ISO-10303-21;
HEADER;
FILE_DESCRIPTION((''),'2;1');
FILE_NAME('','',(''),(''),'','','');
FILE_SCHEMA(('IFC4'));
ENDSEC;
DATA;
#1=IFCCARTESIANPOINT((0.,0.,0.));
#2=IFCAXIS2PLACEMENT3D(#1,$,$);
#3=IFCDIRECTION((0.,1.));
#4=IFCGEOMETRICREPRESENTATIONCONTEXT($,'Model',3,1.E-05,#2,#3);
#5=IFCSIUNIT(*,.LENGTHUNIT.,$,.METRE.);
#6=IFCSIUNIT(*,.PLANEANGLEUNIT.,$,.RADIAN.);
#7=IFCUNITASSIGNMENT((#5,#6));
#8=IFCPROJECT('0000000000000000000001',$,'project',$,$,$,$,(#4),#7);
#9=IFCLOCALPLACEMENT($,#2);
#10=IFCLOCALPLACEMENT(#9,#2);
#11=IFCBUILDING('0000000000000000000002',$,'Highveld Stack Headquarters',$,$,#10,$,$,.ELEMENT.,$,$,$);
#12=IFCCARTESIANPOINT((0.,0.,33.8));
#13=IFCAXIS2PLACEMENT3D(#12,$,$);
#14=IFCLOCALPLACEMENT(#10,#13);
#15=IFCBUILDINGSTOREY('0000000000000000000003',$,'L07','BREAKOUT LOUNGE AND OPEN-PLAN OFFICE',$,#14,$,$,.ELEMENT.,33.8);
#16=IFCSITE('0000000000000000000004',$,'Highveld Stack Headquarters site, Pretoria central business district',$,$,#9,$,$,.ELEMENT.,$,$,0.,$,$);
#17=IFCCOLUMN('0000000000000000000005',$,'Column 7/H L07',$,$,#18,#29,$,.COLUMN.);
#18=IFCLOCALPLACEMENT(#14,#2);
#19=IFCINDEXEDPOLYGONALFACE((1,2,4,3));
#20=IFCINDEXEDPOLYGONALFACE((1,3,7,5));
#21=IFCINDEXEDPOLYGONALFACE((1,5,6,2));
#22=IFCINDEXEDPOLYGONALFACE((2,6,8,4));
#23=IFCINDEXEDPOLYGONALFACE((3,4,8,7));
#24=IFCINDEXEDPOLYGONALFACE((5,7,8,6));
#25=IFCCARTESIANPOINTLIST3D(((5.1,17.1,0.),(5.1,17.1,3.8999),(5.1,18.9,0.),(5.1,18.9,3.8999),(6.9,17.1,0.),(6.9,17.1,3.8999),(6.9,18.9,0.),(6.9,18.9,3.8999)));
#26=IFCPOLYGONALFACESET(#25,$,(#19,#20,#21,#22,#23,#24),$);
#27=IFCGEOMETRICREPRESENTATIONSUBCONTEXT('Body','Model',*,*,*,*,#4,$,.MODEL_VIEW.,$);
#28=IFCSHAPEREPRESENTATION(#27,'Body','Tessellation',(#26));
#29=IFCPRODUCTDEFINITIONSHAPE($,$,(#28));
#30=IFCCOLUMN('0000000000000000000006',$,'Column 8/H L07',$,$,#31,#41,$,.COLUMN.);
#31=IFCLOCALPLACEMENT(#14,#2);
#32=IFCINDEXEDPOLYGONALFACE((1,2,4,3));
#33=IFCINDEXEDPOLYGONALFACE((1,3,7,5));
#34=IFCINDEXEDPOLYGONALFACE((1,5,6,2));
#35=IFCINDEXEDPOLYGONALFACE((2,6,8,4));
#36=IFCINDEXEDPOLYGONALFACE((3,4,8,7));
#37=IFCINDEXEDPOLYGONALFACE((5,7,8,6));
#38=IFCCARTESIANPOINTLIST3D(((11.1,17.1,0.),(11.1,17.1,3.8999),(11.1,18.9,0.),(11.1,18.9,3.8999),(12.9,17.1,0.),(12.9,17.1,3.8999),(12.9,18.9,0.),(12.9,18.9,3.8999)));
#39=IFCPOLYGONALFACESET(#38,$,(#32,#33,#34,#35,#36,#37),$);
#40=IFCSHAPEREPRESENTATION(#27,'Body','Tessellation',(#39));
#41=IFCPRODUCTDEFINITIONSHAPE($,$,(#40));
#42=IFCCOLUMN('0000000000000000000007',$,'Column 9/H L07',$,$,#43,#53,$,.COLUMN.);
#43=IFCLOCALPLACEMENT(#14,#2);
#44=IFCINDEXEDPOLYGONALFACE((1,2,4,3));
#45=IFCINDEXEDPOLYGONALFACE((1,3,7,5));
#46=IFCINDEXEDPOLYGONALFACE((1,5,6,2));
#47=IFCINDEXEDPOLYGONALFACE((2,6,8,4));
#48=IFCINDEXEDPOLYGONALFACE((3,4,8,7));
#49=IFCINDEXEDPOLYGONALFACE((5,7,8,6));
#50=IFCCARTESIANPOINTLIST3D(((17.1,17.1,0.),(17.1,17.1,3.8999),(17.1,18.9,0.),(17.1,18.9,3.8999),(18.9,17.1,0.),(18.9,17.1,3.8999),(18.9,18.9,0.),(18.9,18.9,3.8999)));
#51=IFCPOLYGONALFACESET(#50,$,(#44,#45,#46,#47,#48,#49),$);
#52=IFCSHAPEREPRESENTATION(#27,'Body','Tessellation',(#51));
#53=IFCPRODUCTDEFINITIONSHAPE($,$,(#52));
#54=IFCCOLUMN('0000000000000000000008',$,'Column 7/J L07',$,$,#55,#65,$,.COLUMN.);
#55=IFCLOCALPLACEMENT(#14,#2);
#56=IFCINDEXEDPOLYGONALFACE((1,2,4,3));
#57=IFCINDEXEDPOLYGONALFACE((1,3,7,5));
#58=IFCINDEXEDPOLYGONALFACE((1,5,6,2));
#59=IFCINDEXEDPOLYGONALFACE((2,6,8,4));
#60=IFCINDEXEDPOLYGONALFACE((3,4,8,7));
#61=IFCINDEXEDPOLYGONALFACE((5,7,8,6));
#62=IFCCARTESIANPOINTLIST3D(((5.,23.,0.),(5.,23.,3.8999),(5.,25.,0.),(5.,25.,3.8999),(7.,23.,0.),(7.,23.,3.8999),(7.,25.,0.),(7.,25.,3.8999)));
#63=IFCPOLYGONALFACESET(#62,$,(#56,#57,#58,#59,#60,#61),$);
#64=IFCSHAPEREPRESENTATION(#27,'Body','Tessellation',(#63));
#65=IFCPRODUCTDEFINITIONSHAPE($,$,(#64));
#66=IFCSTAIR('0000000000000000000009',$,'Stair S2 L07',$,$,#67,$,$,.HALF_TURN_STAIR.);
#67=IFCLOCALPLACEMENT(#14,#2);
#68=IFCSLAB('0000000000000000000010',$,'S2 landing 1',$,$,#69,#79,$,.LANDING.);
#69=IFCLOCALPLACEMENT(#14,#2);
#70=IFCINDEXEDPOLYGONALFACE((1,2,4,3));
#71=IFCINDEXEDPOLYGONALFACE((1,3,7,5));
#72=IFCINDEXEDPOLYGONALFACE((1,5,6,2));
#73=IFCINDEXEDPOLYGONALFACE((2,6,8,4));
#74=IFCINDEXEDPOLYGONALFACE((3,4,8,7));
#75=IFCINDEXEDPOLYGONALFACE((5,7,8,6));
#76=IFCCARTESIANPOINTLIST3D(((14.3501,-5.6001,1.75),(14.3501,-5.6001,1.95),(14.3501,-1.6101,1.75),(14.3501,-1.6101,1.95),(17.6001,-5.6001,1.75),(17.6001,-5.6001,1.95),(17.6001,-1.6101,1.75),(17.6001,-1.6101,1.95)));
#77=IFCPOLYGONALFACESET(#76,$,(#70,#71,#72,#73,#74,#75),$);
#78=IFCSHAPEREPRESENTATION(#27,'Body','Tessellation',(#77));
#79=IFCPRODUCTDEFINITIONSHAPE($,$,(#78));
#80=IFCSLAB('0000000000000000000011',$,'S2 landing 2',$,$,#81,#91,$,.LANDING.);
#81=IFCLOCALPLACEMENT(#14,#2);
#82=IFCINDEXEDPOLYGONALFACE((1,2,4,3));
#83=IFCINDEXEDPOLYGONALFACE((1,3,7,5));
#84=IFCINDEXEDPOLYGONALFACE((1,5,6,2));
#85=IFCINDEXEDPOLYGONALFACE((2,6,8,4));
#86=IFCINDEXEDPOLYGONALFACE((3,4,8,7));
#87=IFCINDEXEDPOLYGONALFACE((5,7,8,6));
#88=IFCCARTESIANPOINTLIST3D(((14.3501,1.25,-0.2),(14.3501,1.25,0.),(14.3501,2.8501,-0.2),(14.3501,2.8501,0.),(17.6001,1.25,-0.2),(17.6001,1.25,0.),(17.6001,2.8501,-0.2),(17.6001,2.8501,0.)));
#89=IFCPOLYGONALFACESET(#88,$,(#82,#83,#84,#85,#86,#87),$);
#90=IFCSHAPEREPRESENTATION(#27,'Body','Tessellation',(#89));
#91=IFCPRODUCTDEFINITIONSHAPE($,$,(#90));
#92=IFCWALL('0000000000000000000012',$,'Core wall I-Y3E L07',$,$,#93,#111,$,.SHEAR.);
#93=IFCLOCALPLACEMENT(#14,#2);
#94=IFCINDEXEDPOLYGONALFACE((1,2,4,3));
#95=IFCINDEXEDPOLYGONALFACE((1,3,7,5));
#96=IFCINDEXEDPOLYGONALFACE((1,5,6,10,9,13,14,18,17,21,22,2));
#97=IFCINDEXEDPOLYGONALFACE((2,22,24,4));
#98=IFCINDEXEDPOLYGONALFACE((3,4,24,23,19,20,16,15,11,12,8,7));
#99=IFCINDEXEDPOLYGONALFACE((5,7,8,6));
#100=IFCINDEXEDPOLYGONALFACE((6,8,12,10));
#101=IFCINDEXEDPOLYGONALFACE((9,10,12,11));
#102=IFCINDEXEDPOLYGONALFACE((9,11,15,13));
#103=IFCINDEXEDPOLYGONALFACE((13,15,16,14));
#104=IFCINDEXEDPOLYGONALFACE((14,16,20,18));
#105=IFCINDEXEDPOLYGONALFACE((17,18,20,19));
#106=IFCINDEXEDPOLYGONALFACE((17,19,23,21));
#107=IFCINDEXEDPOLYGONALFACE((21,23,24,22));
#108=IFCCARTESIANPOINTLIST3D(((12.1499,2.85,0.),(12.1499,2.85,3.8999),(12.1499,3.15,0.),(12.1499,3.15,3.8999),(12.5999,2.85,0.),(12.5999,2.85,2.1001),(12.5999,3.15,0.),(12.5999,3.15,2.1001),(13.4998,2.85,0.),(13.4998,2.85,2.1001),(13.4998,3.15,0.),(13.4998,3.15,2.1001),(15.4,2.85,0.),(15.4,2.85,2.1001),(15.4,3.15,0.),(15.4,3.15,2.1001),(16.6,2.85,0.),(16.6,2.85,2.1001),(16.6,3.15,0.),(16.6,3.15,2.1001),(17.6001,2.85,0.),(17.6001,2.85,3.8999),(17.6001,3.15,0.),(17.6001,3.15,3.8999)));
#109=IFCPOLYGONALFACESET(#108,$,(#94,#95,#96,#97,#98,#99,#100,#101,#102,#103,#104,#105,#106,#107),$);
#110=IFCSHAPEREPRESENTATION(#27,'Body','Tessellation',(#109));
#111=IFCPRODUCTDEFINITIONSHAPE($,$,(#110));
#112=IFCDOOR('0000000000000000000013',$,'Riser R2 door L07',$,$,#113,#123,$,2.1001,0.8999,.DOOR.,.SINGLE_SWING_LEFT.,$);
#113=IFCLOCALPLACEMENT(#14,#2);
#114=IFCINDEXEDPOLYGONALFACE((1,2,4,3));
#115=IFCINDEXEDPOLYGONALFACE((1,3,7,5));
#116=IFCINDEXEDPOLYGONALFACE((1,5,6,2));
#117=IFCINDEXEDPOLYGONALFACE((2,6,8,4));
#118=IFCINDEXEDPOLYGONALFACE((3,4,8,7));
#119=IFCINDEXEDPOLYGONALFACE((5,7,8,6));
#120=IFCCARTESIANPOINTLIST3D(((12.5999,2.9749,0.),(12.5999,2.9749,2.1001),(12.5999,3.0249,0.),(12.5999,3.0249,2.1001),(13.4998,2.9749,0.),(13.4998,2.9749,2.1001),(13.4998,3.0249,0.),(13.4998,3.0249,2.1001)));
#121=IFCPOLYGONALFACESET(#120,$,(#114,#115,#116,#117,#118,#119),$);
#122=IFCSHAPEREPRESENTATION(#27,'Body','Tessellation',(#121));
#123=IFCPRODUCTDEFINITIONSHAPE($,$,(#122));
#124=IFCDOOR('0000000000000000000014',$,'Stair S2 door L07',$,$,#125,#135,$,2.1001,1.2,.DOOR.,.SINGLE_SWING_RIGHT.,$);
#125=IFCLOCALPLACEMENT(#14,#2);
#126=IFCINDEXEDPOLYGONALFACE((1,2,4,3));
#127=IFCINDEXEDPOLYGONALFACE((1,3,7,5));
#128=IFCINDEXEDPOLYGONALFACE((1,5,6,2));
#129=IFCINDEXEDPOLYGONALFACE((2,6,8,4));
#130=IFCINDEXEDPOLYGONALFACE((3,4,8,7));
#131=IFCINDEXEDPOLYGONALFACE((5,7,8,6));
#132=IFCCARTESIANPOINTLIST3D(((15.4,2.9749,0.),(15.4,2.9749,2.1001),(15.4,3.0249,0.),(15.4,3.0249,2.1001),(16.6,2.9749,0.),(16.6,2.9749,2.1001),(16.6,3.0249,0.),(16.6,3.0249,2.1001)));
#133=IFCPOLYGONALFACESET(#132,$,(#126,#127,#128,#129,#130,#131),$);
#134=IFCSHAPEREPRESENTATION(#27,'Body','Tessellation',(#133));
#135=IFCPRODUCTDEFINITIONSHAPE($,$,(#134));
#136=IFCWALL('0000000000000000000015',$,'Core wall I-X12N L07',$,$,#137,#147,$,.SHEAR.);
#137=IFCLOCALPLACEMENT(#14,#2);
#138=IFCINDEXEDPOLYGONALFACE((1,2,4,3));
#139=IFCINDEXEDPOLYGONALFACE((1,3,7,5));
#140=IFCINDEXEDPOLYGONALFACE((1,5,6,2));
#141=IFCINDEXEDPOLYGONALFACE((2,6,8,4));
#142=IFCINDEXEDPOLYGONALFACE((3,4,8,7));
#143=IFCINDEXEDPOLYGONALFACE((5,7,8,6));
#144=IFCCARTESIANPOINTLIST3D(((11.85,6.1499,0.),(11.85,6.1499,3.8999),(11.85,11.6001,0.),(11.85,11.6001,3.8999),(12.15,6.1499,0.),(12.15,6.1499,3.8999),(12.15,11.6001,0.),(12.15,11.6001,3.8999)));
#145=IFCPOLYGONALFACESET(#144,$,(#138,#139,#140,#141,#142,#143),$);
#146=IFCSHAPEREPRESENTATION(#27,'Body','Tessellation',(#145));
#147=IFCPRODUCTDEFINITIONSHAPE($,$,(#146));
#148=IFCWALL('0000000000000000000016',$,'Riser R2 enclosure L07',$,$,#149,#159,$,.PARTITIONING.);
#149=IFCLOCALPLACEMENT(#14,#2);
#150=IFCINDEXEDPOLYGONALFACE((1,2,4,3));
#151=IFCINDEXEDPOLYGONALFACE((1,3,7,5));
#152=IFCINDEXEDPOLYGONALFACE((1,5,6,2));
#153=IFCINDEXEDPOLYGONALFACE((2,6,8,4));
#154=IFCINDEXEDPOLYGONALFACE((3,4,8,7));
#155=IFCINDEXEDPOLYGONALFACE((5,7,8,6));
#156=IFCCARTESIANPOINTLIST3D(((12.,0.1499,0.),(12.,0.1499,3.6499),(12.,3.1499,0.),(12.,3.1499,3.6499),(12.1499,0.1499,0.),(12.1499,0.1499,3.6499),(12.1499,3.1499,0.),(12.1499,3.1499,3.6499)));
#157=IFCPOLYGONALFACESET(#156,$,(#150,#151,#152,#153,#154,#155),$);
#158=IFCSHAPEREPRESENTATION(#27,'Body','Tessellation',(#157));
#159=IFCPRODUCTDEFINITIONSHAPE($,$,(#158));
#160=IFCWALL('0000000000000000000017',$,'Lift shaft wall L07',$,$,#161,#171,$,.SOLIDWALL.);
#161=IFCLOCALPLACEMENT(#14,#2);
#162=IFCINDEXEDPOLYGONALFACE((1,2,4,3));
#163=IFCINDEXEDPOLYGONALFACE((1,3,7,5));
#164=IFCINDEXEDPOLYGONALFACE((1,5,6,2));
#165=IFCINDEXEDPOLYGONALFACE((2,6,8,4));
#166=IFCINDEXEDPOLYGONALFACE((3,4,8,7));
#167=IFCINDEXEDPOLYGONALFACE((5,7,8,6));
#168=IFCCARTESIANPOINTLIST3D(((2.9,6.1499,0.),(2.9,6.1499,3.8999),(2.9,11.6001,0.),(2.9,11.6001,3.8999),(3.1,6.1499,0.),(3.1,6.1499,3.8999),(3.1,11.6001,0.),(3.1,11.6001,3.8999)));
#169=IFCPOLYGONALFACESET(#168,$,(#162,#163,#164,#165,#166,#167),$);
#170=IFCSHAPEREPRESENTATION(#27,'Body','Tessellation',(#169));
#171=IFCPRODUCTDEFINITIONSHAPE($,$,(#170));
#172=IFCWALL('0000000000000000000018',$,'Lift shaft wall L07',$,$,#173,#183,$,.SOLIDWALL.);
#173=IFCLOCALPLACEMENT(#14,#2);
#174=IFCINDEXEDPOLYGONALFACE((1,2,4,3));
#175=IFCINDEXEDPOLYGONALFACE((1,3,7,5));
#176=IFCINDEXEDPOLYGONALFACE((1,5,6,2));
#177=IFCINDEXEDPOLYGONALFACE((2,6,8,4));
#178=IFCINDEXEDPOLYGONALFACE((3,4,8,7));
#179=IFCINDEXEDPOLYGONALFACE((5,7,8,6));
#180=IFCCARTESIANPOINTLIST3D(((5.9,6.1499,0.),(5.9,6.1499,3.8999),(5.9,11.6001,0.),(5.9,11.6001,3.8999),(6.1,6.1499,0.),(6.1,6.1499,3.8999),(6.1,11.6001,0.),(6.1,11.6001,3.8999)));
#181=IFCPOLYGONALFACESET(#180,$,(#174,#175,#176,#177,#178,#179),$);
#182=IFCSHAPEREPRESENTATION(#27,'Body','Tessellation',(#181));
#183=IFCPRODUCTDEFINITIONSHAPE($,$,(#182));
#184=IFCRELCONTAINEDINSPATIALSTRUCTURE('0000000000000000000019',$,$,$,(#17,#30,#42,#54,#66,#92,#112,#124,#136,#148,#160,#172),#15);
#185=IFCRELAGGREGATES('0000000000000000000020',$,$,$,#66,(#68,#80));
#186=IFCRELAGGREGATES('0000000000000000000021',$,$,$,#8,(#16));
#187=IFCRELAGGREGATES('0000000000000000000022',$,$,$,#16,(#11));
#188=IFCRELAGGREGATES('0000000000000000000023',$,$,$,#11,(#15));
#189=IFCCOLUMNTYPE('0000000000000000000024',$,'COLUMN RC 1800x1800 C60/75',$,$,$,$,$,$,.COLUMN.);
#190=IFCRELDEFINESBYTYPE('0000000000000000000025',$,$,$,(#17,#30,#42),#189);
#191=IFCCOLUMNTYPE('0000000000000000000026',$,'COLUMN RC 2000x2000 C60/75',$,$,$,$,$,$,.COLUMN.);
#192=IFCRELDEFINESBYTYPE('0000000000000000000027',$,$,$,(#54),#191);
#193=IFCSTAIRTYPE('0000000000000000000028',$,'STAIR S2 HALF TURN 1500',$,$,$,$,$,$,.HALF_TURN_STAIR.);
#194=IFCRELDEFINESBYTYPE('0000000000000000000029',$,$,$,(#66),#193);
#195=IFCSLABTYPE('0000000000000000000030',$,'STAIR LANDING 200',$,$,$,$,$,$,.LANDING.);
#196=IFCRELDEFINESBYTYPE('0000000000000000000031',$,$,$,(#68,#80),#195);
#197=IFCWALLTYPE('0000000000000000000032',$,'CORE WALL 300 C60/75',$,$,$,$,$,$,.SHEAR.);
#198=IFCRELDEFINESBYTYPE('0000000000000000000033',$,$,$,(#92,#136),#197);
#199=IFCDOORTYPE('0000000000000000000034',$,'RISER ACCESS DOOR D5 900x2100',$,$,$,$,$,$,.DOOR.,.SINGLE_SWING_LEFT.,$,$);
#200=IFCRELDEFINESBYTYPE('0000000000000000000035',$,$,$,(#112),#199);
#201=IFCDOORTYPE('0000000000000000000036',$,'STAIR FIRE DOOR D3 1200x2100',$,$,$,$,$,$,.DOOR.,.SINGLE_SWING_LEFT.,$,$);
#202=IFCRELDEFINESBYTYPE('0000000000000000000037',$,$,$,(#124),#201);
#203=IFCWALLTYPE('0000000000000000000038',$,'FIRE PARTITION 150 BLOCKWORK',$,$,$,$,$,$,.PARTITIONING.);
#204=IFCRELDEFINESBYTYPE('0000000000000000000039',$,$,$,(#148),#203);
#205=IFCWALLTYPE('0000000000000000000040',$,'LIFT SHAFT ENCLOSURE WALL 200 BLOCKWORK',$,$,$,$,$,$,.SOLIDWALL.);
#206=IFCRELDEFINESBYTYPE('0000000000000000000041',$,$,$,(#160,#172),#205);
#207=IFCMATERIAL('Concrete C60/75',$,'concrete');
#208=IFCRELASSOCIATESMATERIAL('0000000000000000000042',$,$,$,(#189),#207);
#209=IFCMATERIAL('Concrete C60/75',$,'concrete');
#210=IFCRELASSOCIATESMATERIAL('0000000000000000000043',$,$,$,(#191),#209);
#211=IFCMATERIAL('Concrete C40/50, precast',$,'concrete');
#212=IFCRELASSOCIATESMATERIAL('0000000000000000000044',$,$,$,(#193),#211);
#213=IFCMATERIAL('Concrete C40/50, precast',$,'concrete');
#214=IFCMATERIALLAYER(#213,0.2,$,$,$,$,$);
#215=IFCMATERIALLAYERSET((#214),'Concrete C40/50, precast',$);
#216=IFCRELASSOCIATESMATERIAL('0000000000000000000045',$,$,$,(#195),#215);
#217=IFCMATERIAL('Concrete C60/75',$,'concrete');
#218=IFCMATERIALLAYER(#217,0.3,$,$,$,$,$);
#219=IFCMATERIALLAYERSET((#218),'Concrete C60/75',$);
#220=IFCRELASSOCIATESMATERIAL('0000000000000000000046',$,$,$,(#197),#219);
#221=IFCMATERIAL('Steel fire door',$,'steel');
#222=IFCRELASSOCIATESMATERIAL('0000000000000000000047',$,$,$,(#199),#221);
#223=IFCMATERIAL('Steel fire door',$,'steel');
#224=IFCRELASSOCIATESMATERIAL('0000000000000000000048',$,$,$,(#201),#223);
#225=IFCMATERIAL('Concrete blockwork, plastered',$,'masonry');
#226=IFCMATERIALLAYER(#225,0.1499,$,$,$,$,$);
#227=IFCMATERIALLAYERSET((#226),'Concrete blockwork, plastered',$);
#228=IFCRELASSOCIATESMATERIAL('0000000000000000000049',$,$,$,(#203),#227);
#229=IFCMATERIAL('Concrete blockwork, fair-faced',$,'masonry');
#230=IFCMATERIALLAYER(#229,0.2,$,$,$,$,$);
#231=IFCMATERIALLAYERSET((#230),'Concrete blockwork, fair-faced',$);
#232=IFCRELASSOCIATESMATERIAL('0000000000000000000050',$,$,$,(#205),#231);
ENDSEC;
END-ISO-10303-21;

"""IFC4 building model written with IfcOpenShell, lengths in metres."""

from ifc_helpers import new_model, si_unit, direction, frame, frame_2d, origin, origin_2d, place, context, subcontext, project, spatial, polyline, rectangle, outline, extrude, material, layer, layer_set, material_profile, profile_set, type_object, element, fill, aggregate, save


model = new_model("IFC4")

# Units and contexts
model_context = context("Model", 3, precision=1e-05, world=origin(), true_north=direction((0.0, 1.0)))
body_context = subcontext(model_context, "Body", "Model", "MODEL_VIEW")
ifc_project = project(units=[si_unit("LENGTHUNIT", "METRE"), si_unit("PLANEANGLEUNIT", "RADIAN")], contexts=[model_context])

# Site, building, storey
site_placement = place(None, origin())
site = spatial("IfcSite", under=ifc_project, at=site_placement, Name="Highveld Stack Headquarters site, Pretoria central business district", CompositionType="ELEMENT", RefElevation=0.0)
building_placement = place(site_placement, origin())
building = spatial("IfcBuilding", under=site, at=building_placement, Name="Highveld Stack Headquarters", CompositionType="ELEMENT")
storey_placement = place(building_placement, frame((0.0, 0.0, 33.8)))
storey = spatial("IfcBuildingStorey", under=building, at=storey_placement, Name="L07", Description="BREAKOUT LOUNGE AND OPEN-PLAN OFFICE", CompositionType="ELEMENT", Elevation=33.8)

# Columns
ifc_material_1 = material(Name="Concrete C60/75", Category="concrete")
ifc_material_profile_1 = material_profile(ifc_material_1, rectangle(XDim=1.8, YDim=1.8, at=origin_2d()), Name="RC 1800x1800")
ifc_profile_set_1 = profile_set([ifc_material_profile_1], Name="Concrete C60/75")
column_type_1 = type_object("IfcColumnType", Name="COLUMN RC 1800x1800 C60/75", PredefinedType="COLUMN", material=ifc_profile_set_1)
for number, where, z_axis, x_axis, name in (
    (1, (6.0, 18.0, 0.0), (0.0, 0.0, 1.0), (1.0, 0.0, 0.0), "Column 7/H L07"),
    (2, (12.0, 18.0, 0.0), (0.0, 0.0, 1.0), (1.0, 0.0, 0.0), "Column 8/H L07"),
    (3, (18.0, 18.0, 0.0), (0.0, 0.0, 1.0), (1.0, 0.0, 0.0), "Column 9/H L07"),
):
    element("IfcColumn", number, at=place(storey_placement, frame(where, z_axis=z_axis, x_axis=x_axis)), inside=storey, type_object=column_type_1, Name=name, PredefinedType="COLUMN", context=body_context, shape_type="SweptSolid", body=[
        extrude(rectangle(XDim=1.8, YDim=1.8, at=origin_2d()), origin(), (0.0, 0.0, 1.0), 3.8999),
    ])
ifc_material_2 = material(Name="Concrete C60/75", Category="concrete")
ifc_material_profile_2 = material_profile(ifc_material_2, rectangle(XDim=2.0, YDim=2.0, at=origin_2d()), Name="RC 2000x2000")
ifc_profile_set_2 = profile_set([ifc_material_profile_2], Name="Concrete C60/75")
column_type_2 = type_object("IfcColumnType", Name="COLUMN RC 2000x2000 C60/75", PredefinedType="COLUMN", material=ifc_profile_set_2)
column_placement = place(storey_placement, frame((6.0, 24.0, 0.0), z_axis=(0.0, 0.0, 1.0), x_axis=(1.0, 0.0, 0.0)))
element("IfcColumn", 4, at=column_placement, inside=storey, type_object=column_type_2, Name="Column 7/J L07", PredefinedType="COLUMN", context=body_context, shape_type="SweptSolid", body=[
    extrude(rectangle(XDim=2.0, YDim=2.0, at=origin_2d()), origin(), (0.0, 0.0, 1.0), 3.8999),
])

# Stair, slabs
ifc_material_3 = material(Name="Concrete C40/50, precast", Category="concrete")
stair_type = type_object("IfcStairType", Name="STAIR S2 HALF TURN 1500", PredefinedType="HALF_TURN_STAIR", material=ifc_material_3)
stair_placement = place(storey_placement, origin())
stair = element("IfcStair", 5, at=stair_placement, inside=storey, type_object=stair_type, Name="Stair S2 L07", PredefinedType="HALF_TURN_STAIR")
ifc_material_4 = material(Name="Concrete C40/50, precast", Category="concrete")
ifc_layer_1 = layer(ifc_material_4, 0.2)
ifc_layer_set_1 = layer_set([ifc_layer_1], Name="Concrete C40/50, precast")
slab_type = type_object("IfcSlabType", Name="STAIR LANDING 200", PredefinedType="LANDING", material=ifc_layer_set_1)
slab_1_placement = place(storey_placement, frame((0.0, 0.0, 1.75)))
slab_1 = element("IfcSlab", 6, at=slab_1_placement, type_object=slab_type, Name="S2 landing 1", PredefinedType="LANDING", context=body_context, shape_type="SweptSolid", body=[
    extrude(outline(polyline([(14.3501, -5.6001), (17.6001, -5.6001), (17.6001, -1.6101), (14.3501, -1.6101), (14.3501, -5.6001)])), origin(), (0.0, 0.0, 1.0), 0.2),
])
slab_2_placement = place(storey_placement, frame((0.0, 0.0, -0.2)))
slab_2 = element("IfcSlab", 7, at=slab_2_placement, type_object=slab_type, Name="S2 landing 2", PredefinedType="LANDING", context=body_context, shape_type="SweptSolid", body=[
    extrude(outline(polyline([(14.3501, 1.25), (17.6001, 1.25), (17.6001, 2.8501), (14.3501, 2.8501), (14.3501, 1.25)])), origin(), (0.0, 0.0, 1.0), 0.2),
])

# Wall, openings, doors
ifc_material_5 = material(Name="Concrete C60/75", Category="concrete")
ifc_layer_2 = layer(ifc_material_5, 0.3)
ifc_layer_set_2 = layer_set([ifc_layer_2], Name="Concrete C60/75")
wall_type_1 = type_object("IfcWallType", Name="CORE WALL 300 C60/75", PredefinedType="SHEAR", material=ifc_layer_set_2)
wall_1_placement = place(storey_placement, frame((12.1499, 3.0, 0.0), z_axis=(0.0, 0.0, 1.0), x_axis=(1.0, 0.0, 0.0)))
wall_1 = element("IfcWall", 8, at=wall_1_placement, inside=storey, type_object=wall_type_1, Name="Core wall I-Y3E L07", PredefinedType="SHEAR", context=body_context, shape_type="SweptSolid", body=[
    extrude(rectangle(XDim=5.4502, YDim=0.3, at=frame_2d((2.7251, 0.0))), origin(), (0.0, 0.0, 1.0), 3.8999),
])
opening_1_placement = place(wall_1_placement, frame((3.25, 0.0, 0.0)))
opening_1 = element("IfcOpeningElement", 9, at=opening_1_placement, cuts=wall_1, PredefinedType="OPENING", context=body_context, shape_type="SweptSolid", body=[
    extrude(rectangle(XDim=1.2, YDim=2.1001, at=frame_2d((0.6001, 1.05))), frame((0.0, 0.1599, 0.0), z_axis=(0.0, -1.0, 0.0), x_axis=(1.0, 0.0, 0.0)), (0.0, 0.0, 1.0), 0.3201),
])
opening_2_placement = place(wall_1_placement, frame((0.45, 0.0, 0.0)))
opening_2 = element("IfcOpeningElement", 10, at=opening_2_placement, cuts=wall_1, PredefinedType="OPENING", context=body_context, shape_type="SweptSolid", body=[
    extrude(rectangle(XDim=0.8999, YDim=2.1001, at=frame_2d((0.45, 1.05))), frame((0.0, 0.1599, 0.0), z_axis=(0.0, -1.0, 0.0), x_axis=(1.0, 0.0, 0.0)), (0.0, 0.0, 1.0), 0.3201),
])
ifc_material_6 = material(Name="Steel fire door", Category="steel")
door_type_1 = type_object("IfcDoorType", Name="RISER ACCESS DOOR D5 900x2100", OperationType="SINGLE_SWING_LEFT", PredefinedType="DOOR", material=ifc_material_6)
door_1_placement = place(opening_2_placement, origin())
door_1 = element("IfcDoor", 11, at=door_1_placement, inside=storey, type_object=door_type_1, Name="Riser R2 door L07", OperationType="SINGLE_SWING_LEFT", OverallHeight=2.1001, OverallWidth=0.8999, PredefinedType="DOOR", context=body_context, shape_type="SweptSolid", body=[
    extrude(rectangle(XDim=0.8999, YDim=2.1001, at=frame_2d((0.45, 1.05))), frame((0.0, 0.0249, 0.0), z_axis=(0.0, -1.0, 0.0), x_axis=(1.0, 0.0, 0.0)), (0.0, 0.0, 1.0), 0.05),
])
fill(opening_2, door_1)
ifc_material_7 = material(Name="Steel fire door", Category="steel")
door_type_2 = type_object("IfcDoorType", Name="STAIR FIRE DOOR D3 1200x2100", OperationType="SINGLE_SWING_LEFT", PredefinedType="DOOR", material=ifc_material_7)
door_2_placement = place(opening_1_placement, origin())
door_2 = element("IfcDoor", 12, at=door_2_placement, inside=storey, type_object=door_type_2, Name="Stair S2 door L07", OperationType="SINGLE_SWING_RIGHT", OverallHeight=2.1001, OverallWidth=1.2, PredefinedType="DOOR", context=body_context, shape_type="SweptSolid", body=[
    extrude(rectangle(XDim=1.2, YDim=2.1001, at=frame_2d((0.6001, 1.05))), frame((0.0, 0.0249, 0.0), z_axis=(0.0, -1.0, 0.0), x_axis=(1.0, 0.0, 0.0)), (0.0, 0.0, 1.0), 0.05),
])
fill(opening_1, door_2)

# Walls
wall_2_placement = place(storey_placement, frame((12.0, 6.1499, 0.0), z_axis=(0.0, 0.0, 1.0), x_axis=(0.0, 1.0, 0.0)))
element("IfcWall", 13, at=wall_2_placement, inside=storey, type_object=wall_type_1, Name="Core wall I-X12N L07", PredefinedType="SHEAR", context=body_context, shape_type="SweptSolid", body=[
    extrude(rectangle(XDim=5.4502, YDim=0.3, at=frame_2d((2.7251, 0.0))), origin(), (0.0, 0.0, 1.0), 3.8999),
])
ifc_material_8 = material(Name="Concrete blockwork, plastered", Category="masonry")
ifc_layer_3 = layer(ifc_material_8, 0.1499)
ifc_layer_set_3 = layer_set([ifc_layer_3], Name="Concrete blockwork, plastered")
wall_type_2 = type_object("IfcWallType", Name="FIRE PARTITION 150 BLOCKWORK", PredefinedType="PARTITIONING", material=ifc_layer_set_3)
wall_3_placement = place(storey_placement, frame((12.075, 0.1499, 0.0), z_axis=(0.0, 0.0, 1.0), x_axis=(0.0, 1.0, 0.0)))
element("IfcWall", 14, at=wall_3_placement, inside=storey, type_object=wall_type_2, Name="Riser R2 enclosure L07", PredefinedType="PARTITIONING", context=body_context, shape_type="SweptSolid", body=[
    extrude(rectangle(XDim=3.0, YDim=0.1499, at=frame_2d((1.5, 0.0))), origin(), (0.0, 0.0, 1.0), 3.6499),
])
ifc_material_9 = material(Name="Concrete blockwork, fair-faced", Category="masonry")
ifc_layer_4 = layer(ifc_material_9, 0.2)
ifc_layer_set_4 = layer_set([ifc_layer_4], Name="Concrete blockwork, fair-faced")
wall_type_3 = type_object("IfcWallType", Name="LIFT SHAFT ENCLOSURE WALL 200 BLOCKWORK", PredefinedType="SOLIDWALL", material=ifc_layer_set_4)
for number, where, z_axis, x_axis, name in (
    (15, (3.0, 6.1499, 0.0), (0.0, 0.0, 1.0), (0.0, 1.0, 0.0), "Lift shaft wall L07"),
    (16, (6.0, 6.1499, 0.0), (0.0, 0.0, 1.0), (0.0, 1.0, 0.0), "Lift shaft wall L07"),
):
    element("IfcWall", number, at=place(storey_placement, frame(where, z_axis=z_axis, x_axis=x_axis)), inside=storey, type_object=wall_type_3, Name=name, PredefinedType="SOLIDWALL", context=body_context, shape_type="SweptSolid", body=[
        extrude(rectangle(XDim=5.4502, YDim=0.2, at=frame_2d((2.7251, 0.0))), origin(), (0.0, 0.0, 1.0), 3.8999),
    ])

aggregate(stair, [slab_1, slab_2])

save(model, "model.ifc")
